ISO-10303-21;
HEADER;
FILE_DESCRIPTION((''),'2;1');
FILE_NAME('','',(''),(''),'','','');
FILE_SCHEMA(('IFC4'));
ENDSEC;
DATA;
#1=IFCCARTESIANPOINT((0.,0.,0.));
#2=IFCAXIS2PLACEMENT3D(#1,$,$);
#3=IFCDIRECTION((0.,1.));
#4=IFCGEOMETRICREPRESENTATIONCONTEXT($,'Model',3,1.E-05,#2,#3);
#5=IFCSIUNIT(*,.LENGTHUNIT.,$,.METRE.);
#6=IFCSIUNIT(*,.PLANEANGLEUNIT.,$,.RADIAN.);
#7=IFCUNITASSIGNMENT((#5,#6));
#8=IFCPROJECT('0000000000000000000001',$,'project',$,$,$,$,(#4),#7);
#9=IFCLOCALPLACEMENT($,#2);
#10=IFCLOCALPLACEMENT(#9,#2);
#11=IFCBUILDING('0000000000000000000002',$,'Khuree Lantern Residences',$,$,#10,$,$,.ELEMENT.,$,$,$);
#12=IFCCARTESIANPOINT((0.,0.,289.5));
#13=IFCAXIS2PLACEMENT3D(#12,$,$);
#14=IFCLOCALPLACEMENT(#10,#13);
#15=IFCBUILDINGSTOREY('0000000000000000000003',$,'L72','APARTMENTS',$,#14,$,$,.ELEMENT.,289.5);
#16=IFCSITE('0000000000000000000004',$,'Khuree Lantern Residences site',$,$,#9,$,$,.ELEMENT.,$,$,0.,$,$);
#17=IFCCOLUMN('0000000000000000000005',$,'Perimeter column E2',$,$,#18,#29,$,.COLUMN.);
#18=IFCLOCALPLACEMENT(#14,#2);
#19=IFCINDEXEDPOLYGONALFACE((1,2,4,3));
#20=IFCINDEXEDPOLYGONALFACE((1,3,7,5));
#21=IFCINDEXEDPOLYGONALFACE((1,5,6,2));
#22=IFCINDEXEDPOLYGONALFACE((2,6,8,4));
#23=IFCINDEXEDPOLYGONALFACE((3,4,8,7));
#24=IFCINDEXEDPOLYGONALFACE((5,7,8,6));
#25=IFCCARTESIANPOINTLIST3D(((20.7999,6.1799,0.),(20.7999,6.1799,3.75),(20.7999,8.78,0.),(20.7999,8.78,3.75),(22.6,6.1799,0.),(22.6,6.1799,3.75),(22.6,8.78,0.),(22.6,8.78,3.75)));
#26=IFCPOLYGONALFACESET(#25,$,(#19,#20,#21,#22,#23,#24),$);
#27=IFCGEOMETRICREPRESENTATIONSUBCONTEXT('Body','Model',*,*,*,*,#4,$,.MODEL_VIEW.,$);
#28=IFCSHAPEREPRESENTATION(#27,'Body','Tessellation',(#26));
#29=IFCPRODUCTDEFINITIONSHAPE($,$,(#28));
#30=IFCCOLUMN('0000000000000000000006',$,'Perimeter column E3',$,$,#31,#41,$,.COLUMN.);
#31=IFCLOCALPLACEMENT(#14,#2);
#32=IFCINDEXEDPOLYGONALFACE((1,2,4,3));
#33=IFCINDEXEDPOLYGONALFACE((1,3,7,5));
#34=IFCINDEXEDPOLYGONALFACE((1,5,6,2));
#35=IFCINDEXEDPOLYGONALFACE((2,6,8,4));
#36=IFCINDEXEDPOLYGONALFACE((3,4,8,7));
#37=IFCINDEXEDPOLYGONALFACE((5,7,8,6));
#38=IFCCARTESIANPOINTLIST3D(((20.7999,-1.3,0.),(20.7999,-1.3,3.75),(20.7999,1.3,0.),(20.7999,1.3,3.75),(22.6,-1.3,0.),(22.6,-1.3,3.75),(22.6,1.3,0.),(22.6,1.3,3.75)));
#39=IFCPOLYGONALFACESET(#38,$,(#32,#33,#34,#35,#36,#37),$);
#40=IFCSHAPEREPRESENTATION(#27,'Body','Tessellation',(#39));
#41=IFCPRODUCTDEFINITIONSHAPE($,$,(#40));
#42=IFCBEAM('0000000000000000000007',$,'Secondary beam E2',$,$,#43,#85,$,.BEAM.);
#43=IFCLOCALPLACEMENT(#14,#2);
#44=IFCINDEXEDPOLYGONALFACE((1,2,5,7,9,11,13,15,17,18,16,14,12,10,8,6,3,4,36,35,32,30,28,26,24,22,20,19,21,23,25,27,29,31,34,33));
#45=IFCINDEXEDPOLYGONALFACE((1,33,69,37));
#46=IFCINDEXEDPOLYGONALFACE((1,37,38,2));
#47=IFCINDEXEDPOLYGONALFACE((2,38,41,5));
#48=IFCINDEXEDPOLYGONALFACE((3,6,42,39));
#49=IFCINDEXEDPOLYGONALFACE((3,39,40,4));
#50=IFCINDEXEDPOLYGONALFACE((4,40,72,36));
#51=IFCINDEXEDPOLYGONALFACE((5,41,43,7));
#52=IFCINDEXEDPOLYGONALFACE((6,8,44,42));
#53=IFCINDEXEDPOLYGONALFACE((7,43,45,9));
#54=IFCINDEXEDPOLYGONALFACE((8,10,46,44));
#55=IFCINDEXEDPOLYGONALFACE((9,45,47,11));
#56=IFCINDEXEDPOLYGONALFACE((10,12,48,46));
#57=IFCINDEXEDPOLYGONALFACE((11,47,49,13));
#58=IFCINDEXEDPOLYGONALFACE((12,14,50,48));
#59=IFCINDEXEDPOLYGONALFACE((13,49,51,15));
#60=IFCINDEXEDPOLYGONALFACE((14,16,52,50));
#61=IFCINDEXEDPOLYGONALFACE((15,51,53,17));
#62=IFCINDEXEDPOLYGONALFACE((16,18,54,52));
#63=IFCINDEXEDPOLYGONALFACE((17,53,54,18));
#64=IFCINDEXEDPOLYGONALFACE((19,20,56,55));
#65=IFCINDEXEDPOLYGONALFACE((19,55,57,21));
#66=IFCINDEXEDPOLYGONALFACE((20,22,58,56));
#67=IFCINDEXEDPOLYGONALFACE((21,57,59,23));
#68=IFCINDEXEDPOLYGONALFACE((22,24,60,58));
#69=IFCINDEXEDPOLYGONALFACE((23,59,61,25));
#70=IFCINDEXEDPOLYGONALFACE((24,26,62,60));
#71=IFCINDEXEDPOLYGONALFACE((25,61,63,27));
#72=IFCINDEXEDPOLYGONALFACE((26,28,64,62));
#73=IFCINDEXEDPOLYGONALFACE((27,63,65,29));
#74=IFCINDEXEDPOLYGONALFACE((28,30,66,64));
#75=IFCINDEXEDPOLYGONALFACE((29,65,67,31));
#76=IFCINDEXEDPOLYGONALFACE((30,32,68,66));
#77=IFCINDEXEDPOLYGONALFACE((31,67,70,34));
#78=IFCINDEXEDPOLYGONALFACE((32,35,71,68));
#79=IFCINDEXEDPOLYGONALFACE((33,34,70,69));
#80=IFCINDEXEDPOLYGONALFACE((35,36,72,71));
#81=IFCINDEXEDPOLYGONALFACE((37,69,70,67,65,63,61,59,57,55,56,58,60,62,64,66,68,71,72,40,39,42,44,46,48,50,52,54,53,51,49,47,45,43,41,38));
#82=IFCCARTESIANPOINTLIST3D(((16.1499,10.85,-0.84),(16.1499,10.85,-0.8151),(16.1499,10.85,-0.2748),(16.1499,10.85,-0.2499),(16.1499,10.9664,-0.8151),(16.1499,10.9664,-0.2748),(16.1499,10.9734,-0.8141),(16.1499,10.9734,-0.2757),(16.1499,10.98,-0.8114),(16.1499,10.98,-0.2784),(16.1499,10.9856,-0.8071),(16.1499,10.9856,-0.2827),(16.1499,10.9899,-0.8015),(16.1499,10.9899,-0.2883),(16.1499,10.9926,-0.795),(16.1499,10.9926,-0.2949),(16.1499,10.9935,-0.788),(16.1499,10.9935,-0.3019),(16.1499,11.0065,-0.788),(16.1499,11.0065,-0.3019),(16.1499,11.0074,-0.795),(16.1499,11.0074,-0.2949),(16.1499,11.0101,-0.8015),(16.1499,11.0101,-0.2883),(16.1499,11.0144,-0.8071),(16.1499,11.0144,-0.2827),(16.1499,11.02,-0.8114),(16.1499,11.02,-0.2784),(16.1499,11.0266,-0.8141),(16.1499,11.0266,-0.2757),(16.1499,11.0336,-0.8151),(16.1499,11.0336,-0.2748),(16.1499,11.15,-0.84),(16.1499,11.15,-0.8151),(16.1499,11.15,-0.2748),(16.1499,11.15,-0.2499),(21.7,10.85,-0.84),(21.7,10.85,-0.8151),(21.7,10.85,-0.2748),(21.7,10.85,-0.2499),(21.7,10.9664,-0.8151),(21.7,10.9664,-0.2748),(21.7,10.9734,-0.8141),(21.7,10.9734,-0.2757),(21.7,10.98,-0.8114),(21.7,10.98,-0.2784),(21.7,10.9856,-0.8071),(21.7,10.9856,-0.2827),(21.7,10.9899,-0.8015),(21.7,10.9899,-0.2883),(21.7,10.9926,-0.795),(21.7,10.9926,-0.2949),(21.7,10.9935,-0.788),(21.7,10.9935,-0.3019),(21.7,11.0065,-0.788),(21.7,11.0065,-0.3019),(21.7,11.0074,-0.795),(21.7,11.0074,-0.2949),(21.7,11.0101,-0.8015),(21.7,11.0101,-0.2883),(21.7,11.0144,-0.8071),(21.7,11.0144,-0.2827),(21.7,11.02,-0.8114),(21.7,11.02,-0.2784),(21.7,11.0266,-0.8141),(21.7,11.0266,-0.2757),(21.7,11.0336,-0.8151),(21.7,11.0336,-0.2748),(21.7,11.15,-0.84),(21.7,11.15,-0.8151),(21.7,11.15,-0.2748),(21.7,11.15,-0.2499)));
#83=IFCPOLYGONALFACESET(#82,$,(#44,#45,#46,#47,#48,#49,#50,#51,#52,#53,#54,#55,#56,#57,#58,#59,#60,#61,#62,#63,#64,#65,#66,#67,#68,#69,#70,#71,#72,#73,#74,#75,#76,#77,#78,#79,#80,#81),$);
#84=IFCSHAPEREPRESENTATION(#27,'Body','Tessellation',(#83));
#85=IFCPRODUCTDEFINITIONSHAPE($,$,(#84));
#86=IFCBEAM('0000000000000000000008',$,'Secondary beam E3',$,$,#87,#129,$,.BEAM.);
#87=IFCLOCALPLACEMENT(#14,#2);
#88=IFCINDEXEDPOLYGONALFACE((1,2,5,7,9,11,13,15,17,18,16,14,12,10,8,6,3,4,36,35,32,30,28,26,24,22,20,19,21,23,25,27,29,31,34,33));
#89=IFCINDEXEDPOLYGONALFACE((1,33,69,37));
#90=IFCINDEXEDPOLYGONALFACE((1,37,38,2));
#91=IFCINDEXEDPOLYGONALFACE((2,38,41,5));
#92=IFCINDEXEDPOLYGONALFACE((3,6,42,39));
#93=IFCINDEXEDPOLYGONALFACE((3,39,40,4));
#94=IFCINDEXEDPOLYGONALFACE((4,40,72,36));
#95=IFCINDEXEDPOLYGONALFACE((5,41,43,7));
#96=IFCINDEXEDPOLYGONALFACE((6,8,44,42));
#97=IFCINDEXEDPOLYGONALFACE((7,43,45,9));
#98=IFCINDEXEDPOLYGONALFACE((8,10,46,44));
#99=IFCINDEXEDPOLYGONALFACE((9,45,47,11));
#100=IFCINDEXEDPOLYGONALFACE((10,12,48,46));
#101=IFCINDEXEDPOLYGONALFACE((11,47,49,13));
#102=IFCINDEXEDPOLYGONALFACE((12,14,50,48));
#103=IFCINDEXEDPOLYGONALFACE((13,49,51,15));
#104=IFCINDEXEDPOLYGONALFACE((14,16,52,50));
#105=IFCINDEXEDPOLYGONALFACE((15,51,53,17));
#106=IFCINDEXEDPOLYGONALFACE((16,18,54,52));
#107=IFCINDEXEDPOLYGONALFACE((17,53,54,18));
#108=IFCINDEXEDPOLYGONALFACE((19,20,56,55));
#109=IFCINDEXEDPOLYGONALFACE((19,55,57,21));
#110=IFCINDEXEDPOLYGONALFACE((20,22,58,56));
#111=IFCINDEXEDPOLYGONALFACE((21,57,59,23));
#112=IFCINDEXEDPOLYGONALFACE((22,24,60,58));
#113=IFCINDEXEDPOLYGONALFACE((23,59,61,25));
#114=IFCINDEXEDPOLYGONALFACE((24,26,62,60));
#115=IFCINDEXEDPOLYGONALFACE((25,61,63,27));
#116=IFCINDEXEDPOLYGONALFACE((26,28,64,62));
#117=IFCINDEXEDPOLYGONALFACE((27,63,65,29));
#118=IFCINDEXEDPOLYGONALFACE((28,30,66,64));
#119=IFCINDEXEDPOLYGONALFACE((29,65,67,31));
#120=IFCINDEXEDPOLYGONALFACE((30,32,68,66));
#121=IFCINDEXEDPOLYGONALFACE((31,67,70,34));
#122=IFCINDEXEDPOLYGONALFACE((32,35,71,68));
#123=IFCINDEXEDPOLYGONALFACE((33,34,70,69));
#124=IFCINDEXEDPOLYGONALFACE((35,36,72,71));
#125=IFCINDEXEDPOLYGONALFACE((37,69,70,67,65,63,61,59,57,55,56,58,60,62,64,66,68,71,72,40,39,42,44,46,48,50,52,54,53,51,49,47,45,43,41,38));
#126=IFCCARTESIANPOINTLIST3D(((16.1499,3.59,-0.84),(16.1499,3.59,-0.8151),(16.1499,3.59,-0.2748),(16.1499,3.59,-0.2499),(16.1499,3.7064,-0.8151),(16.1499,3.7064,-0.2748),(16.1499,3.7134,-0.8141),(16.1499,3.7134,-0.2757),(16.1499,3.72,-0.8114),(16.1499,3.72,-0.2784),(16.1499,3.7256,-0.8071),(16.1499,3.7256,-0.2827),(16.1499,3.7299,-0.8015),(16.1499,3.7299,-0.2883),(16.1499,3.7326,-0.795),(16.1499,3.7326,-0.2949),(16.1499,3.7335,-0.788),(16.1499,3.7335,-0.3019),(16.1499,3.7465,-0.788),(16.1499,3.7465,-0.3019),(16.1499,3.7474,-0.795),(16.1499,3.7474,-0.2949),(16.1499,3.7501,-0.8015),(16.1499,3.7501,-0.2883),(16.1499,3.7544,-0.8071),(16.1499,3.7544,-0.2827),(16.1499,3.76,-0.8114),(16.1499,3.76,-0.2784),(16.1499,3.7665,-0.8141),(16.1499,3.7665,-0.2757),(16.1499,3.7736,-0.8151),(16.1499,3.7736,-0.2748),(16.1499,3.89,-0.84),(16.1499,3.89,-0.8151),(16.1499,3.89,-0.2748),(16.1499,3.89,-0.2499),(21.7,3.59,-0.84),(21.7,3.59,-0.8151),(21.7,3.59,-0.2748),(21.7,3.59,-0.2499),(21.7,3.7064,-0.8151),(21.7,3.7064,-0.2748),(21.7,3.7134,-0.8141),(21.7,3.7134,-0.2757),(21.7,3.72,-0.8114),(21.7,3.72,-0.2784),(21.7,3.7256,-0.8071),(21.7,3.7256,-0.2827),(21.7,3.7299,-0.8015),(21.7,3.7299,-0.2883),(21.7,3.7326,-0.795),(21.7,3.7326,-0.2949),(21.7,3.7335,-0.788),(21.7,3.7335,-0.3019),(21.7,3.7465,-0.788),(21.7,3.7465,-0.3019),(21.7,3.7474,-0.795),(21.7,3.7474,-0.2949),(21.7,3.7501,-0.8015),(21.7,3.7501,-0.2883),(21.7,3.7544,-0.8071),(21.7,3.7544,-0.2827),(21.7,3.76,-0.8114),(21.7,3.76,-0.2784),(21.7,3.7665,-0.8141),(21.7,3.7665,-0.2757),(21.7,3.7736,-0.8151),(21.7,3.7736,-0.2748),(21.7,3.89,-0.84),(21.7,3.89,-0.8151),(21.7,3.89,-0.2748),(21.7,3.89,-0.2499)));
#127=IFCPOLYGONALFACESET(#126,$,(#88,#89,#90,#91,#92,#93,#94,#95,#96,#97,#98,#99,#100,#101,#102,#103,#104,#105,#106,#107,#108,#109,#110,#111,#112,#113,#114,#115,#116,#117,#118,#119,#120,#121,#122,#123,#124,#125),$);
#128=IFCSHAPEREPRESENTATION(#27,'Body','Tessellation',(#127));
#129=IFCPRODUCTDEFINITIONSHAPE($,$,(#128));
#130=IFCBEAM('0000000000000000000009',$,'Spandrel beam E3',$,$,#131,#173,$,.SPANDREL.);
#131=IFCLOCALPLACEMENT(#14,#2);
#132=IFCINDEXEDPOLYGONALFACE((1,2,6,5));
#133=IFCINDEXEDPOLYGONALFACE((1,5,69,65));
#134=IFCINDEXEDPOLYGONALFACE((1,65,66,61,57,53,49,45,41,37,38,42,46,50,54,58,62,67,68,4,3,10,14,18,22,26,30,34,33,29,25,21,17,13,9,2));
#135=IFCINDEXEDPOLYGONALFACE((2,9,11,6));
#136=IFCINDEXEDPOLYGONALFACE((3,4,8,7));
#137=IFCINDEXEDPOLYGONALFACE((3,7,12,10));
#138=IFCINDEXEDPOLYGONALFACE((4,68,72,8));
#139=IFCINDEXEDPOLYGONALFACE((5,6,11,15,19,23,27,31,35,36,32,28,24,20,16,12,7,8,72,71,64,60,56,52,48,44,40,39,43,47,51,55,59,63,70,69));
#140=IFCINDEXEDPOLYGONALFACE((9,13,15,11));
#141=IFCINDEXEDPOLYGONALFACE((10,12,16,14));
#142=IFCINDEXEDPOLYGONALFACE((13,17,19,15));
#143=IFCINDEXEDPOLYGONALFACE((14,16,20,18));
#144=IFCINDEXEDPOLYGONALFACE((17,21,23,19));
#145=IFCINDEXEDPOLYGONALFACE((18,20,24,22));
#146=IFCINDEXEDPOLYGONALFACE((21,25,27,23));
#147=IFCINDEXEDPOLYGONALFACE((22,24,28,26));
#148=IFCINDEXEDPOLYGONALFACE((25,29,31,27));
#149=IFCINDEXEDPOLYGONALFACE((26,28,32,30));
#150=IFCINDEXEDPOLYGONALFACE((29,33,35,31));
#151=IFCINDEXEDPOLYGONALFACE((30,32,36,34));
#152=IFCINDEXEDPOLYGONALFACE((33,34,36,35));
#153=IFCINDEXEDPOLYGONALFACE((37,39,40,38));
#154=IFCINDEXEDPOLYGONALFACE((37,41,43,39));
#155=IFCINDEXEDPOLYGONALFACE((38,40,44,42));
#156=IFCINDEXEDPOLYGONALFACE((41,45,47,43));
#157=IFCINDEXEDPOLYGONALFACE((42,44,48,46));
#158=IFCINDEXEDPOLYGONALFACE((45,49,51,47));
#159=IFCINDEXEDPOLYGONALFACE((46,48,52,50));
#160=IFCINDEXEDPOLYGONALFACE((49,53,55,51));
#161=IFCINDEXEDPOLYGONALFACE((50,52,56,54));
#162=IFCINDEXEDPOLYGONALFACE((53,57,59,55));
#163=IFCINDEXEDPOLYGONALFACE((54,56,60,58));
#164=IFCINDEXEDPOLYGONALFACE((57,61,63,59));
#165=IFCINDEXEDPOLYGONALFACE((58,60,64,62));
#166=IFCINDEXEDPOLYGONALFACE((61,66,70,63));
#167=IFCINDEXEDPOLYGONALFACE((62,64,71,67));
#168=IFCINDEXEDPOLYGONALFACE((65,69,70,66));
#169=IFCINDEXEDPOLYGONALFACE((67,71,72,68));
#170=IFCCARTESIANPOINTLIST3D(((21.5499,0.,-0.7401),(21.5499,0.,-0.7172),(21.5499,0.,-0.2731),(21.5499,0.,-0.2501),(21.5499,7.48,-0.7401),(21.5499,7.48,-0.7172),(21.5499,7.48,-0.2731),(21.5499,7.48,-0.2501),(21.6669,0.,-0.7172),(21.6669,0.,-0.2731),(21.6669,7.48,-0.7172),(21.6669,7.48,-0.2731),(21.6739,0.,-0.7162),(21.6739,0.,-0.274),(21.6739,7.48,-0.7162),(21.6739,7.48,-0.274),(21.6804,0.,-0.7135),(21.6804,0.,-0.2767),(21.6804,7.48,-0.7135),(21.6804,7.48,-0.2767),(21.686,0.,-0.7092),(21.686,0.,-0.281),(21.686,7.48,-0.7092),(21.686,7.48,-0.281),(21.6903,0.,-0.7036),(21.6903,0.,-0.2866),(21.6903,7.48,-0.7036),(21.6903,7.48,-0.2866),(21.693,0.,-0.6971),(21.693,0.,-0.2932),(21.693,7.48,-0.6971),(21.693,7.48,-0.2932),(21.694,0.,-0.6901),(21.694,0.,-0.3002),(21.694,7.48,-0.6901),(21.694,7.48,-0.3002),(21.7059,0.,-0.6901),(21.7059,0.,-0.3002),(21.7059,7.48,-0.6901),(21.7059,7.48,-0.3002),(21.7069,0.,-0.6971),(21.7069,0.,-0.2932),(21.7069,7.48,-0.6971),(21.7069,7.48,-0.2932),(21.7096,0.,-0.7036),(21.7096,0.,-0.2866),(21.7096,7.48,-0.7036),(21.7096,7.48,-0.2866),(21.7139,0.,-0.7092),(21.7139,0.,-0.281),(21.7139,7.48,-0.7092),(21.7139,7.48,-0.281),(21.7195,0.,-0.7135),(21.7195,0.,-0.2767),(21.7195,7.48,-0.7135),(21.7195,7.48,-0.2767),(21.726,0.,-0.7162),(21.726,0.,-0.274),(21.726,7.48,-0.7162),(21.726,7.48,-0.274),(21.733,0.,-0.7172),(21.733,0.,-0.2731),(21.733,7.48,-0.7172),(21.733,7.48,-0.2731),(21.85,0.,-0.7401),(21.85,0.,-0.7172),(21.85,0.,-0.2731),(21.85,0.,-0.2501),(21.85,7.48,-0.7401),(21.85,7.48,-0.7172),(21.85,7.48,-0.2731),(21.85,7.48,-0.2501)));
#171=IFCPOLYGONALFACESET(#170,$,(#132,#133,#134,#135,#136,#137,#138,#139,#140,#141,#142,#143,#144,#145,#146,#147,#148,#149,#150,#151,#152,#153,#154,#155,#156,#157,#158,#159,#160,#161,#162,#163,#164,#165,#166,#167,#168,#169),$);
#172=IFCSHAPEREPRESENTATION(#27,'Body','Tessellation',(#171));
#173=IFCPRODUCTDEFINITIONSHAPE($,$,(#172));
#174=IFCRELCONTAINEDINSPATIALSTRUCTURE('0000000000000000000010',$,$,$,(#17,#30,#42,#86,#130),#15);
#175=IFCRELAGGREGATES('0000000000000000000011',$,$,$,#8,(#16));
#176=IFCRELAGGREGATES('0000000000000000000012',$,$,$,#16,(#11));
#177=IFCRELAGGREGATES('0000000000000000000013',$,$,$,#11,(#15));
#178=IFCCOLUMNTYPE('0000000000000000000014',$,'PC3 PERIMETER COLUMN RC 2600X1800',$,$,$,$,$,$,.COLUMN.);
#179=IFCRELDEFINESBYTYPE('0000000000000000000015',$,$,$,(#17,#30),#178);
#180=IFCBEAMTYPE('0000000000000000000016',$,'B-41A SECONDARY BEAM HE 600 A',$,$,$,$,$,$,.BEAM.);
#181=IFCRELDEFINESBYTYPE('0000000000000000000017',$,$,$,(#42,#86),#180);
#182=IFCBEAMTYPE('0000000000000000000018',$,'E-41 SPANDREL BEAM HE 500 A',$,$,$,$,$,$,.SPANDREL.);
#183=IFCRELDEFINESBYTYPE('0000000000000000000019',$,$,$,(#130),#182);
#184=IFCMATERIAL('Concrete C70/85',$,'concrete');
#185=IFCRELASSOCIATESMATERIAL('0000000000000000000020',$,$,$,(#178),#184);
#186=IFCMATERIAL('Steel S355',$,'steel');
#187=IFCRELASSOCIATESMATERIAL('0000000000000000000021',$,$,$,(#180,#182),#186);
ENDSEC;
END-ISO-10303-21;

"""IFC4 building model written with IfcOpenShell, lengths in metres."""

from ifc_helpers import new_model, si_unit, direction, frame, origin, origin_2d, place, context, subcontext, project, spatial, rectangle, i_section, extrude, material, material_profile, profile_set, type_object, element, save


model = new_model("IFC4")

# Units and contexts
model_context = context("Model", 3, precision=1e-05, world=origin(), true_north=direction((0.0, 1.0)))
body_context = subcontext(model_context, "Body", "Model", "MODEL_VIEW")
ifc_project = project(units=[si_unit("LENGTHUNIT", "METRE"), si_unit("PLANEANGLEUNIT", "RADIAN")], contexts=[model_context])

# Site, building, storey
site_placement = place(None, origin())
site = spatial("IfcSite", under=ifc_project, at=site_placement, Name="Khuree Lantern Residences site", CompositionType="ELEMENT", RefElevation=0.0)
building_placement = place(site_placement, origin())
building = spatial("IfcBuilding", under=site, at=building_placement, Name="Khuree Lantern Residences", CompositionType="ELEMENT")
storey_placement = place(building_placement, frame((0.0, 0.0, 289.5)))
storey = spatial("IfcBuildingStorey", under=building, at=storey_placement, Name="L72", Description="APARTMENTS", CompositionType="ELEMENT", Elevation=289.5)

# Columns
ifc_material_1 = material(Name="Concrete C70/85", Category="concrete")
ifc_material_profile_1 = material_profile(ifc_material_1, rectangle(XDim=2.6001, YDim=1.8, at=origin_2d()), Name="RC 2600X1800")
ifc_profile_set_1 = profile_set([ifc_material_profile_1], Name="Concrete C70/85")
column_type = type_object("IfcColumnType", Name="PC3 PERIMETER COLUMN RC 2600X1800", PredefinedType="COLUMN", material=ifc_profile_set_1)
for number, where, z_axis, x_axis, name in (
    (1, (21.7, 7.48, 0.0), (0.0, 0.0, 1.0), (0.0, 1.0, 0.0), "Perimeter column E2"),
    (2, (21.7, 0.0, 0.0), (0.0, 0.0, 1.0), (0.0, 1.0, 0.0), "Perimeter column E3"),
):
    element("IfcColumn", number, at=place(storey_placement, frame(where, z_axis=z_axis, x_axis=x_axis)), inside=storey, type_object=column_type, Name=name, PredefinedType="COLUMN", context=body_context, shape_type="SweptSolid", body=[
        extrude(rectangle(XDim=2.6001, YDim=1.8, at=origin_2d()), origin(), (0.0, 0.0, 1.0), 3.75),
    ])

# Beams
ifc_material_2 = material(Name="Steel S355", Category="steel")
ifc_material_profile_2 = material_profile(ifc_material_2, i_section(OverallWidth=0.3, OverallDepth=0.5901, WebThickness=0.0129, FlangeThickness=0.0249, FilletRadius=0.0271, at=origin_2d()), Name="HE 600 A")
ifc_profile_set_2 = profile_set([ifc_material_profile_2], Name="Steel S355")
beam_type_1 = type_object("IfcBeamType", Name="B-41A SECONDARY BEAM HE 600 A", PredefinedType="BEAM", material=ifc_profile_set_2)
for number, where, z_axis, x_axis, name in (
    (3, (21.7, 11.0, -0.5449), (-1.0, 0.0, 0.0), (0.0, -1.0, 0.0), "Secondary beam E2"),
    (4, (21.7, 3.74, -0.5449), (-1.0, 0.0, 0.0), (0.0, -1.0, 0.0), "Secondary beam E3"),
):
    element("IfcBeam", number, at=place(storey_placement, frame(where, z_axis=z_axis, x_axis=x_axis)), inside=storey, type_object=beam_type_1, Name=name, PredefinedType="BEAM", context=body_context, shape_type="SweptSolid", body=[
        extrude(i_section(OverallWidth=0.3, OverallDepth=0.5901, WebThickness=0.0129, FlangeThickness=0.0249, FilletRadius=0.0271, at=origin_2d()), origin(), (0.0, 0.0, 1.0), 5.55),
    ])
ifc_material_profile_3 = material_profile(ifc_material_2, i_section(OverallWidth=0.3, OverallDepth=0.49, WebThickness=0.012, FlangeThickness=0.0229, FilletRadius=0.0271, at=origin_2d()), Name="HE 500 A")
ifc_profile_set_3 = profile_set([ifc_material_profile_3], Name="Steel S355")
beam_type_2 = type_object("IfcBeamType", Name="E-41 SPANDREL BEAM HE 500 A", PredefinedType="SPANDREL", material=ifc_profile_set_3)
for number, where, z_axis, x_axis, name in (
    (5, (21.7, 7.48, -0.4951), (0.0, -1.0, 0.0), (1.0, 0.0, 0.0), "Spandrel beam E3"),
):
    element("IfcBeam", number, at=place(storey_placement, frame(where, z_axis=z_axis, x_axis=x_axis)), inside=storey, type_object=beam_type_2, Name=name, PredefinedType="SPANDREL", context=body_context, shape_type="SweptSolid", body=[
        extrude(i_section(OverallWidth=0.3, OverallDepth=0.49, WebThickness=0.012, FlangeThickness=0.0229, FilletRadius=0.0271, at=origin_2d()), origin(), (0.0, 0.0, 1.0), 7.48),
    ])

save(model, "model.ifc")
